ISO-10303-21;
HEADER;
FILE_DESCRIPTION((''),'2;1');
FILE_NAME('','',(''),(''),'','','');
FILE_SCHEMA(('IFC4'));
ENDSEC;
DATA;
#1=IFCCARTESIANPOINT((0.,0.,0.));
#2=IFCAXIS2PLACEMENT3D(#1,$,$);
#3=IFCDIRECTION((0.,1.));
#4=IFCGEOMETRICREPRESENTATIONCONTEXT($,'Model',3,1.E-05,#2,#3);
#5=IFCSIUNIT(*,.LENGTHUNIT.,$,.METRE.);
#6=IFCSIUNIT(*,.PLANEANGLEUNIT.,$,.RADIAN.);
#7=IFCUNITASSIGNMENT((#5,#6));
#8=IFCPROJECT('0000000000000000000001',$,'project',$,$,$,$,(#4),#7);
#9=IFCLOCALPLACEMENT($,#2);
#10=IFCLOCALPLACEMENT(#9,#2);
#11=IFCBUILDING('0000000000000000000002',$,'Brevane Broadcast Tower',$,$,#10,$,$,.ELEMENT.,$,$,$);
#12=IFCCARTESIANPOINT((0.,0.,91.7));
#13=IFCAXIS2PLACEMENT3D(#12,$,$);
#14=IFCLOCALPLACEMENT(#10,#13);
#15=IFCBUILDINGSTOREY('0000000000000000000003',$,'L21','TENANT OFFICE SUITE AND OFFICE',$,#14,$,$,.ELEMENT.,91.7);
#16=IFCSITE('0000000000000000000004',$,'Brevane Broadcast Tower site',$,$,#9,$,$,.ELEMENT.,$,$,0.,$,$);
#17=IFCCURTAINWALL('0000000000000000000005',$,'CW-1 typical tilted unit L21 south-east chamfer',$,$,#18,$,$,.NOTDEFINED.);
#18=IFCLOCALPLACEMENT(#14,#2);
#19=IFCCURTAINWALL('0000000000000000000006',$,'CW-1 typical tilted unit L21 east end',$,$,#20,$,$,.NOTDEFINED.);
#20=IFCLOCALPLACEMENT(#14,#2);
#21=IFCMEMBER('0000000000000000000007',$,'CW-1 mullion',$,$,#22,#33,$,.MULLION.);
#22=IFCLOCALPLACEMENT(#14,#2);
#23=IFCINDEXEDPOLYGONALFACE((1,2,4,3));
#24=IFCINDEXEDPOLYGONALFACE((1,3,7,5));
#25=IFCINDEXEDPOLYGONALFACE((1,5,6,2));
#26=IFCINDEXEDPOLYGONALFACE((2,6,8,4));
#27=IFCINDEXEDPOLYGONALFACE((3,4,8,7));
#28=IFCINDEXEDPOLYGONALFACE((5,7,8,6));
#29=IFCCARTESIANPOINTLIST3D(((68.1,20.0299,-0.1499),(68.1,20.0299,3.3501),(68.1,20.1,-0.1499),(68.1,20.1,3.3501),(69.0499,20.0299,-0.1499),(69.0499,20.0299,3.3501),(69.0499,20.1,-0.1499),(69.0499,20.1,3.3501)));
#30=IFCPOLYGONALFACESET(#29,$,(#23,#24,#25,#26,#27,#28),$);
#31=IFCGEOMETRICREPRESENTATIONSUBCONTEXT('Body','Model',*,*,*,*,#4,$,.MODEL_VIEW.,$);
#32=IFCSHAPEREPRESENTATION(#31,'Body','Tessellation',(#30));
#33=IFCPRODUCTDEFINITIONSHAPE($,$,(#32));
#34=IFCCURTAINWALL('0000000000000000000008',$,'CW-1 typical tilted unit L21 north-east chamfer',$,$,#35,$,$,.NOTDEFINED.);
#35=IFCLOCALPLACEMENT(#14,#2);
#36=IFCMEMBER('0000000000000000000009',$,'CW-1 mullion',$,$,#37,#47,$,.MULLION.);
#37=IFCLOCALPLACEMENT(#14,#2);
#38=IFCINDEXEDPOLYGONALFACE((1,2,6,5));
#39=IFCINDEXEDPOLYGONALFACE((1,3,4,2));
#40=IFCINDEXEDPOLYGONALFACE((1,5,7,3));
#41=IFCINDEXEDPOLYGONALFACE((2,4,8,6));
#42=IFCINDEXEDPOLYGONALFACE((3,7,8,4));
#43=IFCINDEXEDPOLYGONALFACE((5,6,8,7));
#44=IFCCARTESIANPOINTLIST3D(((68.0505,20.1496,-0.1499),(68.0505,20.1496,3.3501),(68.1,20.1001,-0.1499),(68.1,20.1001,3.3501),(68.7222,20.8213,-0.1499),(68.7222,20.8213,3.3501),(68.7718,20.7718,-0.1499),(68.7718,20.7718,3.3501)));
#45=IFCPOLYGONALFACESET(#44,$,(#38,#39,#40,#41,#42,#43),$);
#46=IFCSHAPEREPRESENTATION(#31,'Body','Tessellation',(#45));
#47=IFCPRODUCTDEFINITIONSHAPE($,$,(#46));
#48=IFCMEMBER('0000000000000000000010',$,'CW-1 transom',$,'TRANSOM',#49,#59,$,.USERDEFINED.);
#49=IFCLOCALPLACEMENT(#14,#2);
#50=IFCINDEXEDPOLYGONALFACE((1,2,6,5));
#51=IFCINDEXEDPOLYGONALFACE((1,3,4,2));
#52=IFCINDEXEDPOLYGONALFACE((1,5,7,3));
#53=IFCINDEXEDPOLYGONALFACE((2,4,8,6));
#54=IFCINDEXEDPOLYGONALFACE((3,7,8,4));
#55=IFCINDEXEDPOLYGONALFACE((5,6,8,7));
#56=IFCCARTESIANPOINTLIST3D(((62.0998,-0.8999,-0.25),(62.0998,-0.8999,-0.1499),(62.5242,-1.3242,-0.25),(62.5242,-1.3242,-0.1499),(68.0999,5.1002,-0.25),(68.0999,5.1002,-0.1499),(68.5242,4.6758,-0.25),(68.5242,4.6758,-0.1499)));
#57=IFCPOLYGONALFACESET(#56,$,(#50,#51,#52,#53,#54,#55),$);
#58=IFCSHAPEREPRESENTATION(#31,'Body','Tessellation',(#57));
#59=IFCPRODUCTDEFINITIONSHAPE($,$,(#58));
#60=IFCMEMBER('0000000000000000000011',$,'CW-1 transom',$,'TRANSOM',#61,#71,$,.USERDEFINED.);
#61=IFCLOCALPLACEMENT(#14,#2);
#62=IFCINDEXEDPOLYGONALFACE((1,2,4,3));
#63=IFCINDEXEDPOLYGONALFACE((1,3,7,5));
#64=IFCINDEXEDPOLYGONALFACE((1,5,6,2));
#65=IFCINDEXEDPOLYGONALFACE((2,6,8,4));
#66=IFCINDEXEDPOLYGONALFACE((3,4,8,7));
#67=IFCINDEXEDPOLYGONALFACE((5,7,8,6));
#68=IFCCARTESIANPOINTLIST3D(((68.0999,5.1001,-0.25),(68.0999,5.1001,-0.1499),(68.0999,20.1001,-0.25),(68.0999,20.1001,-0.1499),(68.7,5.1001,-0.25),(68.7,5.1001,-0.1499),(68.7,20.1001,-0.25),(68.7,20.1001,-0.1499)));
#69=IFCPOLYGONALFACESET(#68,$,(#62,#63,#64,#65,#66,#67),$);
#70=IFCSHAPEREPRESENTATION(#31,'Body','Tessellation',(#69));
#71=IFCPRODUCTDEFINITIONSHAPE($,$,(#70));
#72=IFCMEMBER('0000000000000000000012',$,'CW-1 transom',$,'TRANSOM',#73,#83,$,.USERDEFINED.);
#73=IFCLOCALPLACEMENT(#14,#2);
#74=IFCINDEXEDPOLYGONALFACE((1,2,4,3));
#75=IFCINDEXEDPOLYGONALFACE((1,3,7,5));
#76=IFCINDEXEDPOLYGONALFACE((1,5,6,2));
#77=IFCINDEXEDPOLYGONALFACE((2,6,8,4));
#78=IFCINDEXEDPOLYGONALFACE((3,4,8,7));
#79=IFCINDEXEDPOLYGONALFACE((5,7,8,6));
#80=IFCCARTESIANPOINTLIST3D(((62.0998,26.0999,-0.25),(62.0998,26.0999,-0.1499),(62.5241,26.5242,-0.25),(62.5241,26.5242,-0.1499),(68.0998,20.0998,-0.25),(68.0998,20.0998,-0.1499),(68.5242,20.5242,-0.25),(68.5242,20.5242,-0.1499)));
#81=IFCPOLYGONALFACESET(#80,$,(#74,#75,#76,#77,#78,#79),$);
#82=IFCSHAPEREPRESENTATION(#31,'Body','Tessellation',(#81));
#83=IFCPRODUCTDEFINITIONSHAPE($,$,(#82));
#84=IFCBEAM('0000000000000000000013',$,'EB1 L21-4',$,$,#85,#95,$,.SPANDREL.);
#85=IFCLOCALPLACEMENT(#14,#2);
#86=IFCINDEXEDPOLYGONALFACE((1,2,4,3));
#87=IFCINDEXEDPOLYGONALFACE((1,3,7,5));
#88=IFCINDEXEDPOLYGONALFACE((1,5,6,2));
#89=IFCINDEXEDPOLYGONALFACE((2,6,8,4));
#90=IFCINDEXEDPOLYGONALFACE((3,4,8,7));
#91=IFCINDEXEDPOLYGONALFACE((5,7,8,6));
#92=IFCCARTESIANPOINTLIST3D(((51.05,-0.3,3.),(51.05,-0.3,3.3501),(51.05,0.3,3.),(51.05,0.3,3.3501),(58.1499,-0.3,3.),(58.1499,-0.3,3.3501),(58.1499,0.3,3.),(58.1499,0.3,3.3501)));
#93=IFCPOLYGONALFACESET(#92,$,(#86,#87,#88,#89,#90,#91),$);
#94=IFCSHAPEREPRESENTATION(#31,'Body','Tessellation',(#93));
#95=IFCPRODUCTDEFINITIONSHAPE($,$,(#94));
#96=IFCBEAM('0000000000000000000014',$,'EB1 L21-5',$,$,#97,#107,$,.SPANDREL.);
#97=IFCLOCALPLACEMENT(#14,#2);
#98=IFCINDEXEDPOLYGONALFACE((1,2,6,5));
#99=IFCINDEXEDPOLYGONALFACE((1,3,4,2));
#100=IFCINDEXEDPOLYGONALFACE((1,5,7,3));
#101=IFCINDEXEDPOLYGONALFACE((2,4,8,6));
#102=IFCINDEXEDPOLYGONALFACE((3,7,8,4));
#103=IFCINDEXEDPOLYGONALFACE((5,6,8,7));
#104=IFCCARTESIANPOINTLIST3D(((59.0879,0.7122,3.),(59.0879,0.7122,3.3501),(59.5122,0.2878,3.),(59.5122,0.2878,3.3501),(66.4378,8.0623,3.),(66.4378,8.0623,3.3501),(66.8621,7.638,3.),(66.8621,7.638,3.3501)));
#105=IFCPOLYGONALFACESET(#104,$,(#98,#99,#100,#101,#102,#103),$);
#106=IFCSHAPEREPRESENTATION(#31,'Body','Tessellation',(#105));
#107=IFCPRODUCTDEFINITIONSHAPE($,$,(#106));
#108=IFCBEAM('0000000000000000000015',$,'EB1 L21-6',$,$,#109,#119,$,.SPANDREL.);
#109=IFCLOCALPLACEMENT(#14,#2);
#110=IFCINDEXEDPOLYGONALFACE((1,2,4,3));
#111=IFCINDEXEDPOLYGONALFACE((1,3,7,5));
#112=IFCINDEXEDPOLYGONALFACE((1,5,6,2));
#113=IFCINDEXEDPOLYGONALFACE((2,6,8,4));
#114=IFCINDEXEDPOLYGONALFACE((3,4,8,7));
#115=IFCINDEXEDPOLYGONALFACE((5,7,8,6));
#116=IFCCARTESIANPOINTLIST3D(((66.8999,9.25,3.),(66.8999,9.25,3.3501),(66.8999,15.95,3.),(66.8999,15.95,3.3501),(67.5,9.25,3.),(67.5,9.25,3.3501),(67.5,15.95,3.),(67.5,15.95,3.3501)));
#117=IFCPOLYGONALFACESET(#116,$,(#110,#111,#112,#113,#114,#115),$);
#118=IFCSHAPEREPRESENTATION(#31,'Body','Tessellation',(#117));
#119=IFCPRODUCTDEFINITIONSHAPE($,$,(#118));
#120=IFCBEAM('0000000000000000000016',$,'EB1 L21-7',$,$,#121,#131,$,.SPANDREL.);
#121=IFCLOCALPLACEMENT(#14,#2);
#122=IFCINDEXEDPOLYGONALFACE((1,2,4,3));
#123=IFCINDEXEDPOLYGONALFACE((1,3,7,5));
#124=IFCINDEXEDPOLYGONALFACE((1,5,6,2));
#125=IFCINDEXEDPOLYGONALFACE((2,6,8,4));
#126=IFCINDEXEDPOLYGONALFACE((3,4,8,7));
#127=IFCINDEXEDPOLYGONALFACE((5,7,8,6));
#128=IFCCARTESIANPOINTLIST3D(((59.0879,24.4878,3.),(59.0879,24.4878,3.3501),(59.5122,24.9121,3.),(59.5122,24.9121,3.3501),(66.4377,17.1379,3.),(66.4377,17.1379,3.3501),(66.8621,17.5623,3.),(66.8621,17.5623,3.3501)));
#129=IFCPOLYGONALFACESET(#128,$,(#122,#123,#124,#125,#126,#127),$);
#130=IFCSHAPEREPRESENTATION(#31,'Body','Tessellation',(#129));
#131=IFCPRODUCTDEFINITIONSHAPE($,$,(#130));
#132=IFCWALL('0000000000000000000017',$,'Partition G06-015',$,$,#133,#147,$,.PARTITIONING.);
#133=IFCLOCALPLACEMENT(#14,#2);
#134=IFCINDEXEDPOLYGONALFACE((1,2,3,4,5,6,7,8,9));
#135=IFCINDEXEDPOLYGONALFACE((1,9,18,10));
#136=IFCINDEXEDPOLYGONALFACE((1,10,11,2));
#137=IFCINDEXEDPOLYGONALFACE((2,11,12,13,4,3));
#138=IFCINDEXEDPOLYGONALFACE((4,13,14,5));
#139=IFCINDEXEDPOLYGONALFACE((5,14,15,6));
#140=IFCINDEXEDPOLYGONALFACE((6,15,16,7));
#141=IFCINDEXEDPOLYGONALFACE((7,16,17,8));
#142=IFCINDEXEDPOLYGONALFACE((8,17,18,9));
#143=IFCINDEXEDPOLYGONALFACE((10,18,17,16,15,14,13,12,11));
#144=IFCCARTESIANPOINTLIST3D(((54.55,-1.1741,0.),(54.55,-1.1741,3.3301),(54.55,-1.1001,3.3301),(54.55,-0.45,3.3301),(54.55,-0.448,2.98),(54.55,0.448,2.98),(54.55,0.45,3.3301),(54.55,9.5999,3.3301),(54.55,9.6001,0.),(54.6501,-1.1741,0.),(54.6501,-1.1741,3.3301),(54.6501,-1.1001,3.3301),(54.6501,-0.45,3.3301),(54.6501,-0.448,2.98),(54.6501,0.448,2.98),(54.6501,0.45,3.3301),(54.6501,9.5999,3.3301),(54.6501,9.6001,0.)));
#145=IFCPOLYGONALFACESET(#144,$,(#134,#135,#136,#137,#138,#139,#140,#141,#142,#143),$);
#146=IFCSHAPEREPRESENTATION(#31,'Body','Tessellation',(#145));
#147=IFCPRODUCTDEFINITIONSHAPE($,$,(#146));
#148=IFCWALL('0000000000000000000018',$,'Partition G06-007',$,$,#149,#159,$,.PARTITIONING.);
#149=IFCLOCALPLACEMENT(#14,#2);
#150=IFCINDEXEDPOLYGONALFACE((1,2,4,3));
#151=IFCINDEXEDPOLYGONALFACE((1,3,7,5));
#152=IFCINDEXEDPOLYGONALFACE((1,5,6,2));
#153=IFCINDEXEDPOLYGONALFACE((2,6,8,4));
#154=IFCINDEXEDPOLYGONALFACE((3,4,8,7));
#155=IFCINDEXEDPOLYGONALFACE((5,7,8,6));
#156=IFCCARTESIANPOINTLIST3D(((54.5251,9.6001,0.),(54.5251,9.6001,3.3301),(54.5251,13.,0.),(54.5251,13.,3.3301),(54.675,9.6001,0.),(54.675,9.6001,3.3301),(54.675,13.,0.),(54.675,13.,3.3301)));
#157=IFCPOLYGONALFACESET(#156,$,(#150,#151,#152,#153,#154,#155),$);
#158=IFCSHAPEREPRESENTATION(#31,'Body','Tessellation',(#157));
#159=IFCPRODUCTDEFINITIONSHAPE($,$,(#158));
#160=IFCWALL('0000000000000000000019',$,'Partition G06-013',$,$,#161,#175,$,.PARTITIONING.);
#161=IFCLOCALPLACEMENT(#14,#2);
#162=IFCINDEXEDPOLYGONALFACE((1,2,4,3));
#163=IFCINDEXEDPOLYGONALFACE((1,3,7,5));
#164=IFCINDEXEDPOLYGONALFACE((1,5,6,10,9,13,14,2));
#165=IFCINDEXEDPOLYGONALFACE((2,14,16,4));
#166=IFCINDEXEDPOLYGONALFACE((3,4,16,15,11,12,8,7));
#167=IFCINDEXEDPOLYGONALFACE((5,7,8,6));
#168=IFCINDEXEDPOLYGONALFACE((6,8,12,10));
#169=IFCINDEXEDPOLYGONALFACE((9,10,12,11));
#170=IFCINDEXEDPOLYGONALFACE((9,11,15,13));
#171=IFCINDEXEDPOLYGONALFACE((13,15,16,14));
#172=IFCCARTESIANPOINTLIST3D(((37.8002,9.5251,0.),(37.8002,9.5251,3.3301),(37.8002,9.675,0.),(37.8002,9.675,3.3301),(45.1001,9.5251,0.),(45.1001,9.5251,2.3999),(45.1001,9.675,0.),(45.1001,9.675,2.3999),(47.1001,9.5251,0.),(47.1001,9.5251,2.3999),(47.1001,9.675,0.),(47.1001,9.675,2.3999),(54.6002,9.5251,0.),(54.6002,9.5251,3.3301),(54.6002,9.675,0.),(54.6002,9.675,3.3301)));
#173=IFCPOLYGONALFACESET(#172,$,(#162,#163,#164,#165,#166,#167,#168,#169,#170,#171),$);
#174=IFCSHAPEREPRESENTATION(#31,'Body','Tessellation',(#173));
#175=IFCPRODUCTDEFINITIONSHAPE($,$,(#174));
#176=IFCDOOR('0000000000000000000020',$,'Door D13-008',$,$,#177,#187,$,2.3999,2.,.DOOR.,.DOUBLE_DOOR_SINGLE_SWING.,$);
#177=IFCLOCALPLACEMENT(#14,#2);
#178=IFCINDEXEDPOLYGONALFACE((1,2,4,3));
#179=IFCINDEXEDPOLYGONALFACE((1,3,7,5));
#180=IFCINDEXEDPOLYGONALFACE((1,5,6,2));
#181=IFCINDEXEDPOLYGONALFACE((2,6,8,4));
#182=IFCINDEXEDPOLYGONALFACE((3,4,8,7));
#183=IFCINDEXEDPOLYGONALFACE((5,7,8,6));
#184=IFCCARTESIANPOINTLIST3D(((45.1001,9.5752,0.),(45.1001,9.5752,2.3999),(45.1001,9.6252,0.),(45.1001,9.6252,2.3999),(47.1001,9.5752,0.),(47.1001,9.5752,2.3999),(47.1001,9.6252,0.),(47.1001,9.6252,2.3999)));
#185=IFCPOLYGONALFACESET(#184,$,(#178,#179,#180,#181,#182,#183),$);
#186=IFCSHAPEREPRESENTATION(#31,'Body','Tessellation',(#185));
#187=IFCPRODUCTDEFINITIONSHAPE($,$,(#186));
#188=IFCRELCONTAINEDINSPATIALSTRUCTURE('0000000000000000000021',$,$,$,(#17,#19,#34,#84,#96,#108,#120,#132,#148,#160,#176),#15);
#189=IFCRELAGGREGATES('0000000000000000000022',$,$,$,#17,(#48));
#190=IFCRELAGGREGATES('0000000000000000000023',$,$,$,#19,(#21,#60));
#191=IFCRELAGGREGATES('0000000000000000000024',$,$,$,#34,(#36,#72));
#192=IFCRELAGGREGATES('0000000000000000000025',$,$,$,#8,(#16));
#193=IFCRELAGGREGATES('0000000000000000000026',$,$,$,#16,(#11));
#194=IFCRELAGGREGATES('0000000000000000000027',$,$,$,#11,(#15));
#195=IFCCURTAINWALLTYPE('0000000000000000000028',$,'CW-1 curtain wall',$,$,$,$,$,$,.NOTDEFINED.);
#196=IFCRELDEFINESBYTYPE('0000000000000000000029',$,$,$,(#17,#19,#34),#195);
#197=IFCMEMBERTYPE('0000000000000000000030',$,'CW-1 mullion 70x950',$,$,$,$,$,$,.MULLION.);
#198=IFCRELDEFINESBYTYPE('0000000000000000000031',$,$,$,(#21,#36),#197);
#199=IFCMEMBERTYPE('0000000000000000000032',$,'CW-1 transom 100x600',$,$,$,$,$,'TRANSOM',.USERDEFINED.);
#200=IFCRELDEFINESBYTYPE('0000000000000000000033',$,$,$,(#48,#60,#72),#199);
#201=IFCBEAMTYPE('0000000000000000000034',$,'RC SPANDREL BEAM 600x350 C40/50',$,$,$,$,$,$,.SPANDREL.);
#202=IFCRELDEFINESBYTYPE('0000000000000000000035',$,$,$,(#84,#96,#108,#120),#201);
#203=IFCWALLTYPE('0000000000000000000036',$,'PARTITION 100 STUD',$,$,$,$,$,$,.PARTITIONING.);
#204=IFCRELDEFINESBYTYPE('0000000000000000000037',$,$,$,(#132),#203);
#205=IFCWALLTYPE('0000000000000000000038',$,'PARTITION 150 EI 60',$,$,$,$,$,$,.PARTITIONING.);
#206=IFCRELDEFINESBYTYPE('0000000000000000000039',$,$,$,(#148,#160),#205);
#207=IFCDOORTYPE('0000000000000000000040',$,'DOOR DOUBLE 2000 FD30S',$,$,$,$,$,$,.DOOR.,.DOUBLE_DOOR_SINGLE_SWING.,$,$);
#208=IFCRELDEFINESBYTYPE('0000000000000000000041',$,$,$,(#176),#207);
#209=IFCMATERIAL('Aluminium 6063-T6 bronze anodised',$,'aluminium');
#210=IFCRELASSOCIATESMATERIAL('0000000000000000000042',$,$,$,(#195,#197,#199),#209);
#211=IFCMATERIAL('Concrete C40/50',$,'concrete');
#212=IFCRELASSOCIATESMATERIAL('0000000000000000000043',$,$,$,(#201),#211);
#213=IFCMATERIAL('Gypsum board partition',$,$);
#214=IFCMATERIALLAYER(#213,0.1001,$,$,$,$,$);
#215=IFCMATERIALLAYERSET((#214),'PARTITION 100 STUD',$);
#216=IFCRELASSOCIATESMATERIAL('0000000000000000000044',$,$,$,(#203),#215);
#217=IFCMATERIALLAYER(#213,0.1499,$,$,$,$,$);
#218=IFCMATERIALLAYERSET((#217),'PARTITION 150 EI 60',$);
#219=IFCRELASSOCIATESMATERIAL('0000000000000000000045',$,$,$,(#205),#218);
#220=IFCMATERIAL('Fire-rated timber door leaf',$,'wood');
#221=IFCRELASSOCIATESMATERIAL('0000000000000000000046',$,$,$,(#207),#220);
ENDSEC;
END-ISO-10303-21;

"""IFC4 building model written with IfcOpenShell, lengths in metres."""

from ifc_helpers import new_model, si_unit, direction, frame, frame_2d, origin, origin_2d, place, context, subcontext, project, spatial, polyline, rectangle, outline, extrude, material, layer, layer_set, material_profile, profile_set, type_object, element, fill, aggregate, save


model = new_model("IFC4")

# Units and contexts
model_context = context("Model", 3, precision=1e-05, world=origin(), true_north=direction((0.0, 1.0)))
body_context = subcontext(model_context, "Body", "Model", "MODEL_VIEW")
ifc_project = project(units=[si_unit("LENGTHUNIT", "METRE"), si_unit("PLANEANGLEUNIT", "RADIAN")], contexts=[model_context])

# Site, building, storey
site_placement = place(None, origin())
site = spatial("IfcSite", under=ifc_project, at=site_placement, Name="Brevane Broadcast Tower site", CompositionType="ELEMENT", RefElevation=0.0)
building_placement = place(site_placement, origin())
building = spatial("IfcBuilding", under=site, at=building_placement, Name="Brevane Broadcast Tower", CompositionType="ELEMENT")
storey_placement = place(building_placement, frame((0.0, 0.0, 91.7)))
storey = spatial("IfcBuildingStorey", under=building, at=storey_placement, Name="L21", Description="TENANT OFFICE SUITE AND OFFICE", CompositionType="ELEMENT", Elevation=91.7)

# Curtain walls, member
ifc_material_1 = material(Name="Aluminium 6063-T6 bronze anodised", Category="aluminium")
curtain_wall_type = type_object("IfcCurtainWallType", Name="CW-1 curtain wall", PredefinedType="NOTDEFINED", material=ifc_material_1)
ifc_material_profile_1 = material_profile(ifc_material_1, rectangle(XDim=0.95, YDim=0.0701, at=origin_2d()), Name="RECT 70x950")
ifc_profile_set_1 = profile_set([ifc_material_profile_1], Name="Aluminium 6063-T6 bronze anodised")
member_type_1 = type_object("IfcMemberType", Name="CW-1 mullion 70x950", PredefinedType="MULLION", material=ifc_profile_set_1)
curtain_wall_1_placement = place(storey_placement, origin())
curtain_wall_1 = element("IfcCurtainWall", 1, at=curtain_wall_1_placement, inside=storey, type_object=curtain_wall_type, Name="CW-1 typical tilted unit L21 south-east chamfer", PredefinedType="NOTDEFINED")
curtain_wall_2_placement = place(storey_placement, origin())
curtain_wall_2 = element("IfcCurtainWall", 2, at=curtain_wall_2_placement, inside=storey, type_object=curtain_wall_type, Name="CW-1 typical tilted unit L21 east end", PredefinedType="NOTDEFINED")
member_1_placement = place(storey_placement, frame((68.575, 20.0649, -0.1499), z_axis=(0.0, 0.0, 1.0), x_axis=(-1.0, 0.0, 0.0)))
member_1 = element("IfcMember", 3, at=member_1_placement, type_object=member_type_1, Name="CW-1 mullion", PredefinedType="MULLION", context=body_context, shape_type="SweptSolid", body=[
    extrude(rectangle(XDim=0.95, YDim=0.0701, at=origin_2d()), origin(), (0.0, 0.0, 1.0), 3.5),
])

# Curtain wall, member
curtain_wall_3_placement = place(storey_placement, origin())
curtain_wall_3 = element("IfcCurtainWall", 4, at=curtain_wall_3_placement, inside=storey, type_object=curtain_wall_type, Name="CW-1 typical tilted unit L21 north-east chamfer", PredefinedType="NOTDEFINED")
member_2_placement = place(storey_placement, frame((68.4111, 20.4607, -0.1499), z_axis=(0.0, 0.0, 1.0), x_axis=(-0.707107, -0.707107, 0.0)))
member_2 = element("IfcMember", 5, at=member_2_placement, type_object=member_type_1, Name="CW-1 mullion", PredefinedType="MULLION", context=body_context, shape_type="SweptSolid", body=[
    extrude(rectangle(XDim=0.95, YDim=0.0701, at=origin_2d()), origin(), (0.0, 0.0, 1.0), 3.5),
])

# Members
ifc_material_profile_2 = material_profile(ifc_material_1, rectangle(XDim=0.6001, YDim=0.1001, at=origin_2d()), Name="RECT 100x600")
ifc_profile_set_2 = profile_set([ifc_material_profile_2], Name="Aluminium 6063-T6 bronze anodised")
member_type_2 = type_object("IfcMemberType", Name="CW-1 transom 100x600", ElementType="TRANSOM", PredefinedType="USERDEFINED", material=ifc_profile_set_2)
member_3_placement = place(storey_placement, frame((62.312, -1.1121, -0.2), z_axis=(0.707107, 0.707107, 0.0), x_axis=(-0.707107, 0.707107, 0.0)))
member_3 = element("IfcMember", 6, at=member_3_placement, type_object=member_type_2, Name="CW-1 transom", ObjectType="TRANSOM", PredefinedType="USERDEFINED", context=body_context, shape_type="SweptSolid", body=[
    extrude(rectangle(XDim=0.6001, YDim=0.1001, at=origin_2d()), origin(), (0.0, 0.0, 1.0), 8.4854),
])
aggregate(curtain_wall_1, [member_3])
member_4_placement = place(storey_placement, frame((68.3999, 5.1001, -0.2), z_axis=(0.0, 1.0, 0.0), x_axis=(-1.0, 0.0, 0.0)))
member_4 = element("IfcMember", 7, at=member_4_placement, type_object=member_type_2, Name="CW-1 transom", ObjectType="TRANSOM", PredefinedType="USERDEFINED", context=body_context, shape_type="SweptSolid", body=[
    extrude(rectangle(XDim=0.6001, YDim=0.1001, at=origin_2d()), origin(), (0.0, 0.0, 1.0), 15.0),
])
aggregate(curtain_wall_2, [member_1, member_4])
member_5_placement = place(storey_placement, frame((68.312, 20.312, -0.2), z_axis=(-0.707107, 0.707107, 0.0), x_axis=(-0.707107, -0.707107, 0.0)))
member_5 = element("IfcMember", 8, at=member_5_placement, type_object=member_type_2, Name="CW-1 transom", ObjectType="TRANSOM", PredefinedType="USERDEFINED", context=body_context, shape_type="SweptSolid", body=[
    extrude(rectangle(XDim=0.6001, YDim=0.1001, at=origin_2d()), origin(), (0.0, 0.0, 1.0), 8.4854),
])
aggregate(curtain_wall_3, [member_2, member_5])

# Beams
ifc_material_2 = material(Name="Concrete C40/50", Category="concrete")
ifc_material_profile_3 = material_profile(ifc_material_2, rectangle(XDim=0.6001, YDim=0.3501, at=origin_2d()), Name="RC 600x350")
ifc_profile_set_3 = profile_set([ifc_material_profile_3], Name="Concrete C40/50")
beam_type = type_object("IfcBeamType", Name="RC SPANDREL BEAM 600x350 C40/50", PredefinedType="SPANDREL", material=ifc_profile_set_3)
beam_1_placement = place(storey_placement, frame((51.05, 0.0, 3.175), z_axis=(1.0, 0.0, 0.0), x_axis=(0.0, 1.0, 0.0)))
element("IfcBeam", 9, at=beam_1_placement, inside=storey, type_object=beam_type, Name="EB1 L21-4", PredefinedType="SPANDREL", context=body_context, shape_type="SweptSolid", body=[
    extrude(rectangle(XDim=0.6001, YDim=0.3501, at=origin_2d()), origin(), (0.0, 0.0, 1.0), 7.0999),
])
beam_2_placement = place(storey_placement, frame((59.3, 0.5, 3.175), z_axis=(0.707095, 0.707119, 0.0), x_axis=(-0.707119, 0.707095, 0.0)))
element("IfcBeam", 10, at=beam_2_placement, inside=storey, type_object=beam_type, Name="EB1 L21-5", PredefinedType="SPANDREL", context=body_context, shape_type="SweptSolid", body=[
    extrude(rectangle(XDim=0.6001, YDim=0.3501, at=origin_2d()), origin(), (0.0, 0.0, 1.0), 10.3945),
])
beam_3_placement = place(storey_placement, frame((67.2, 9.25, 3.175), z_axis=(0.0, 1.0, 0.0), x_axis=(-1.0, 0.0, 0.0)))
element("IfcBeam", 11, at=beam_3_placement, inside=storey, type_object=beam_type, Name="EB1 L21-6", PredefinedType="SPANDREL", context=body_context, shape_type="SweptSolid", body=[
    extrude(rectangle(XDim=0.6001, YDim=0.3501, at=origin_2d()), origin(), (0.0, 0.0, 1.0), 6.7),
])
beam_4_placement = place(storey_placement, frame((66.6499, 17.3501, 3.175), z_axis=(-0.707107, 0.707107, 0.0), x_axis=(-0.707107, -0.707107, 0.0)))
element("IfcBeam", 12, at=beam_4_placement, inside=storey, type_object=beam_type, Name="EB1 L21-7", PredefinedType="SPANDREL", context=body_context, shape_type="SweptSolid", body=[
    extrude(rectangle(XDim=0.6001, YDim=0.3501, at=origin_2d()), origin(), (0.0, 0.0, 1.0), 10.3943),
])

# Walls
ifc_material_3 = material(Name="Gypsum board partition")
ifc_layer_1 = layer(ifc_material_3, 0.1001)
ifc_layer_set_1 = layer_set([ifc_layer_1], Name="PARTITION 100 STUD")
wall_type_1 = type_object("IfcWallType", Name="PARTITION 100 STUD", PredefinedType="PARTITIONING", material=ifc_layer_set_1)
wall_1_placement = place(storey_placement, frame((54.6001, -1.1741, 0.0), z_axis=(0.0, 0.0, 1.0), x_axis=(0.0, 1.0, 0.0)))
element("IfcWall", 13, at=wall_1_placement, inside=storey, type_object=wall_type_1, Name="Partition G06-015", PredefinedType="PARTITIONING", context=body_context, shape_type="SweptSolid", body=[
    extrude(outline(polyline([(0.0, 0.0), (10.7742, 0.0), (10.7739, 3.3301), (1.624, 3.3301), (1.6221, 2.98), (0.7261, 2.98), (0.7241, 3.3301), (0.074, 3.3301), (0.0, 3.3301), (0.0, 0.0)])), frame((0.0, 0.05, 0.0), z_axis=(0.0, -1.0, 0.0), x_axis=(1.0, 0.0, 0.0)), (0.0, 0.0, 1.0), 0.1001),
])
ifc_layer_2 = layer(ifc_material_3, 0.1499)
ifc_layer_set_2 = layer_set([ifc_layer_2], Name="PARTITION 150 EI 60")
wall_type_2 = type_object("IfcWallType", Name="PARTITION 150 EI 60", PredefinedType="PARTITIONING", material=ifc_layer_set_2)
wall_2_placement = place(storey_placement, frame((54.6001, 13.0, 0.0), z_axis=(0.0, 0.0, 1.0), x_axis=(0.0, -1.0, 0.0)))
element("IfcWall", 14, at=wall_2_placement, inside=storey, type_object=wall_type_2, Name="Partition G06-007", PredefinedType="PARTITIONING", context=body_context, shape_type="SweptSolid", body=[
    extrude(rectangle(XDim=3.3999, YDim=0.1499, at=frame_2d((1.7, 0.0))), origin(), (0.0, 0.0, 1.0), 3.3301),
])

# Wall, opening, door
wall_3_placement = place(storey_placement, frame((54.6001, 9.6001, 0.0), z_axis=(0.0, 0.0, 1.0), x_axis=(-1.0, 0.0, 0.0)))
wall_3 = element("IfcWall", 15, at=wall_3_placement, inside=storey, type_object=wall_type_2, Name="Partition G06-013", PredefinedType="PARTITIONING", context=body_context, shape_type="SweptSolid", body=[
    extrude(rectangle(XDim=16.8, YDim=0.1499, at=frame_2d((8.3999, 0.0))), origin(), (0.0, 0.0, 1.0), 3.3301),
])
opening_1_placement = place(wall_3_placement, frame((7.5, 0.0, 0.0)))
opening_1 = element("IfcOpeningElement", 16, at=opening_1_placement, cuts=wall_3, PredefinedType="OPENING", context=body_context, shape_type="SweptSolid", body=[
    extrude(rectangle(XDim=2.0, YDim=2.3999, at=frame_2d((1.0, 1.2))), frame((0.0, 0.085, 0.0), z_axis=(0.0, -1.0, 0.0), x_axis=(1.0, 0.0, 0.0)), (0.0, 0.0, 1.0), 0.1699),
])
ifc_material_4 = material(Name="Fire-rated timber door leaf", Category="wood")
door_type = type_object("IfcDoorType", Name="DOOR DOUBLE 2000 FD30S", OperationType="DOUBLE_DOOR_SINGLE_SWING", PredefinedType="DOOR", material=ifc_material_4)
door_1_placement = place(opening_1_placement, origin())
door_1 = element("IfcDoor", 17, at=door_1_placement, inside=storey, type_object=door_type, Name="Door D13-008", OperationType="DOUBLE_DOOR_SINGLE_SWING", OverallHeight=2.3999, OverallWidth=2.0, PredefinedType="DOOR", context=body_context, shape_type="SweptSolid", body=[
    extrude(rectangle(XDim=2.0, YDim=2.3999, at=frame_2d((1.0, 1.2))), frame((0.0, 0.0249, 0.0), z_axis=(0.0, -1.0, 0.0), x_axis=(1.0, 0.0, 0.0)), (0.0, 0.0, 1.0), 0.05),
])
fill(opening_1, door_1)

save(model, "model.ifc")
